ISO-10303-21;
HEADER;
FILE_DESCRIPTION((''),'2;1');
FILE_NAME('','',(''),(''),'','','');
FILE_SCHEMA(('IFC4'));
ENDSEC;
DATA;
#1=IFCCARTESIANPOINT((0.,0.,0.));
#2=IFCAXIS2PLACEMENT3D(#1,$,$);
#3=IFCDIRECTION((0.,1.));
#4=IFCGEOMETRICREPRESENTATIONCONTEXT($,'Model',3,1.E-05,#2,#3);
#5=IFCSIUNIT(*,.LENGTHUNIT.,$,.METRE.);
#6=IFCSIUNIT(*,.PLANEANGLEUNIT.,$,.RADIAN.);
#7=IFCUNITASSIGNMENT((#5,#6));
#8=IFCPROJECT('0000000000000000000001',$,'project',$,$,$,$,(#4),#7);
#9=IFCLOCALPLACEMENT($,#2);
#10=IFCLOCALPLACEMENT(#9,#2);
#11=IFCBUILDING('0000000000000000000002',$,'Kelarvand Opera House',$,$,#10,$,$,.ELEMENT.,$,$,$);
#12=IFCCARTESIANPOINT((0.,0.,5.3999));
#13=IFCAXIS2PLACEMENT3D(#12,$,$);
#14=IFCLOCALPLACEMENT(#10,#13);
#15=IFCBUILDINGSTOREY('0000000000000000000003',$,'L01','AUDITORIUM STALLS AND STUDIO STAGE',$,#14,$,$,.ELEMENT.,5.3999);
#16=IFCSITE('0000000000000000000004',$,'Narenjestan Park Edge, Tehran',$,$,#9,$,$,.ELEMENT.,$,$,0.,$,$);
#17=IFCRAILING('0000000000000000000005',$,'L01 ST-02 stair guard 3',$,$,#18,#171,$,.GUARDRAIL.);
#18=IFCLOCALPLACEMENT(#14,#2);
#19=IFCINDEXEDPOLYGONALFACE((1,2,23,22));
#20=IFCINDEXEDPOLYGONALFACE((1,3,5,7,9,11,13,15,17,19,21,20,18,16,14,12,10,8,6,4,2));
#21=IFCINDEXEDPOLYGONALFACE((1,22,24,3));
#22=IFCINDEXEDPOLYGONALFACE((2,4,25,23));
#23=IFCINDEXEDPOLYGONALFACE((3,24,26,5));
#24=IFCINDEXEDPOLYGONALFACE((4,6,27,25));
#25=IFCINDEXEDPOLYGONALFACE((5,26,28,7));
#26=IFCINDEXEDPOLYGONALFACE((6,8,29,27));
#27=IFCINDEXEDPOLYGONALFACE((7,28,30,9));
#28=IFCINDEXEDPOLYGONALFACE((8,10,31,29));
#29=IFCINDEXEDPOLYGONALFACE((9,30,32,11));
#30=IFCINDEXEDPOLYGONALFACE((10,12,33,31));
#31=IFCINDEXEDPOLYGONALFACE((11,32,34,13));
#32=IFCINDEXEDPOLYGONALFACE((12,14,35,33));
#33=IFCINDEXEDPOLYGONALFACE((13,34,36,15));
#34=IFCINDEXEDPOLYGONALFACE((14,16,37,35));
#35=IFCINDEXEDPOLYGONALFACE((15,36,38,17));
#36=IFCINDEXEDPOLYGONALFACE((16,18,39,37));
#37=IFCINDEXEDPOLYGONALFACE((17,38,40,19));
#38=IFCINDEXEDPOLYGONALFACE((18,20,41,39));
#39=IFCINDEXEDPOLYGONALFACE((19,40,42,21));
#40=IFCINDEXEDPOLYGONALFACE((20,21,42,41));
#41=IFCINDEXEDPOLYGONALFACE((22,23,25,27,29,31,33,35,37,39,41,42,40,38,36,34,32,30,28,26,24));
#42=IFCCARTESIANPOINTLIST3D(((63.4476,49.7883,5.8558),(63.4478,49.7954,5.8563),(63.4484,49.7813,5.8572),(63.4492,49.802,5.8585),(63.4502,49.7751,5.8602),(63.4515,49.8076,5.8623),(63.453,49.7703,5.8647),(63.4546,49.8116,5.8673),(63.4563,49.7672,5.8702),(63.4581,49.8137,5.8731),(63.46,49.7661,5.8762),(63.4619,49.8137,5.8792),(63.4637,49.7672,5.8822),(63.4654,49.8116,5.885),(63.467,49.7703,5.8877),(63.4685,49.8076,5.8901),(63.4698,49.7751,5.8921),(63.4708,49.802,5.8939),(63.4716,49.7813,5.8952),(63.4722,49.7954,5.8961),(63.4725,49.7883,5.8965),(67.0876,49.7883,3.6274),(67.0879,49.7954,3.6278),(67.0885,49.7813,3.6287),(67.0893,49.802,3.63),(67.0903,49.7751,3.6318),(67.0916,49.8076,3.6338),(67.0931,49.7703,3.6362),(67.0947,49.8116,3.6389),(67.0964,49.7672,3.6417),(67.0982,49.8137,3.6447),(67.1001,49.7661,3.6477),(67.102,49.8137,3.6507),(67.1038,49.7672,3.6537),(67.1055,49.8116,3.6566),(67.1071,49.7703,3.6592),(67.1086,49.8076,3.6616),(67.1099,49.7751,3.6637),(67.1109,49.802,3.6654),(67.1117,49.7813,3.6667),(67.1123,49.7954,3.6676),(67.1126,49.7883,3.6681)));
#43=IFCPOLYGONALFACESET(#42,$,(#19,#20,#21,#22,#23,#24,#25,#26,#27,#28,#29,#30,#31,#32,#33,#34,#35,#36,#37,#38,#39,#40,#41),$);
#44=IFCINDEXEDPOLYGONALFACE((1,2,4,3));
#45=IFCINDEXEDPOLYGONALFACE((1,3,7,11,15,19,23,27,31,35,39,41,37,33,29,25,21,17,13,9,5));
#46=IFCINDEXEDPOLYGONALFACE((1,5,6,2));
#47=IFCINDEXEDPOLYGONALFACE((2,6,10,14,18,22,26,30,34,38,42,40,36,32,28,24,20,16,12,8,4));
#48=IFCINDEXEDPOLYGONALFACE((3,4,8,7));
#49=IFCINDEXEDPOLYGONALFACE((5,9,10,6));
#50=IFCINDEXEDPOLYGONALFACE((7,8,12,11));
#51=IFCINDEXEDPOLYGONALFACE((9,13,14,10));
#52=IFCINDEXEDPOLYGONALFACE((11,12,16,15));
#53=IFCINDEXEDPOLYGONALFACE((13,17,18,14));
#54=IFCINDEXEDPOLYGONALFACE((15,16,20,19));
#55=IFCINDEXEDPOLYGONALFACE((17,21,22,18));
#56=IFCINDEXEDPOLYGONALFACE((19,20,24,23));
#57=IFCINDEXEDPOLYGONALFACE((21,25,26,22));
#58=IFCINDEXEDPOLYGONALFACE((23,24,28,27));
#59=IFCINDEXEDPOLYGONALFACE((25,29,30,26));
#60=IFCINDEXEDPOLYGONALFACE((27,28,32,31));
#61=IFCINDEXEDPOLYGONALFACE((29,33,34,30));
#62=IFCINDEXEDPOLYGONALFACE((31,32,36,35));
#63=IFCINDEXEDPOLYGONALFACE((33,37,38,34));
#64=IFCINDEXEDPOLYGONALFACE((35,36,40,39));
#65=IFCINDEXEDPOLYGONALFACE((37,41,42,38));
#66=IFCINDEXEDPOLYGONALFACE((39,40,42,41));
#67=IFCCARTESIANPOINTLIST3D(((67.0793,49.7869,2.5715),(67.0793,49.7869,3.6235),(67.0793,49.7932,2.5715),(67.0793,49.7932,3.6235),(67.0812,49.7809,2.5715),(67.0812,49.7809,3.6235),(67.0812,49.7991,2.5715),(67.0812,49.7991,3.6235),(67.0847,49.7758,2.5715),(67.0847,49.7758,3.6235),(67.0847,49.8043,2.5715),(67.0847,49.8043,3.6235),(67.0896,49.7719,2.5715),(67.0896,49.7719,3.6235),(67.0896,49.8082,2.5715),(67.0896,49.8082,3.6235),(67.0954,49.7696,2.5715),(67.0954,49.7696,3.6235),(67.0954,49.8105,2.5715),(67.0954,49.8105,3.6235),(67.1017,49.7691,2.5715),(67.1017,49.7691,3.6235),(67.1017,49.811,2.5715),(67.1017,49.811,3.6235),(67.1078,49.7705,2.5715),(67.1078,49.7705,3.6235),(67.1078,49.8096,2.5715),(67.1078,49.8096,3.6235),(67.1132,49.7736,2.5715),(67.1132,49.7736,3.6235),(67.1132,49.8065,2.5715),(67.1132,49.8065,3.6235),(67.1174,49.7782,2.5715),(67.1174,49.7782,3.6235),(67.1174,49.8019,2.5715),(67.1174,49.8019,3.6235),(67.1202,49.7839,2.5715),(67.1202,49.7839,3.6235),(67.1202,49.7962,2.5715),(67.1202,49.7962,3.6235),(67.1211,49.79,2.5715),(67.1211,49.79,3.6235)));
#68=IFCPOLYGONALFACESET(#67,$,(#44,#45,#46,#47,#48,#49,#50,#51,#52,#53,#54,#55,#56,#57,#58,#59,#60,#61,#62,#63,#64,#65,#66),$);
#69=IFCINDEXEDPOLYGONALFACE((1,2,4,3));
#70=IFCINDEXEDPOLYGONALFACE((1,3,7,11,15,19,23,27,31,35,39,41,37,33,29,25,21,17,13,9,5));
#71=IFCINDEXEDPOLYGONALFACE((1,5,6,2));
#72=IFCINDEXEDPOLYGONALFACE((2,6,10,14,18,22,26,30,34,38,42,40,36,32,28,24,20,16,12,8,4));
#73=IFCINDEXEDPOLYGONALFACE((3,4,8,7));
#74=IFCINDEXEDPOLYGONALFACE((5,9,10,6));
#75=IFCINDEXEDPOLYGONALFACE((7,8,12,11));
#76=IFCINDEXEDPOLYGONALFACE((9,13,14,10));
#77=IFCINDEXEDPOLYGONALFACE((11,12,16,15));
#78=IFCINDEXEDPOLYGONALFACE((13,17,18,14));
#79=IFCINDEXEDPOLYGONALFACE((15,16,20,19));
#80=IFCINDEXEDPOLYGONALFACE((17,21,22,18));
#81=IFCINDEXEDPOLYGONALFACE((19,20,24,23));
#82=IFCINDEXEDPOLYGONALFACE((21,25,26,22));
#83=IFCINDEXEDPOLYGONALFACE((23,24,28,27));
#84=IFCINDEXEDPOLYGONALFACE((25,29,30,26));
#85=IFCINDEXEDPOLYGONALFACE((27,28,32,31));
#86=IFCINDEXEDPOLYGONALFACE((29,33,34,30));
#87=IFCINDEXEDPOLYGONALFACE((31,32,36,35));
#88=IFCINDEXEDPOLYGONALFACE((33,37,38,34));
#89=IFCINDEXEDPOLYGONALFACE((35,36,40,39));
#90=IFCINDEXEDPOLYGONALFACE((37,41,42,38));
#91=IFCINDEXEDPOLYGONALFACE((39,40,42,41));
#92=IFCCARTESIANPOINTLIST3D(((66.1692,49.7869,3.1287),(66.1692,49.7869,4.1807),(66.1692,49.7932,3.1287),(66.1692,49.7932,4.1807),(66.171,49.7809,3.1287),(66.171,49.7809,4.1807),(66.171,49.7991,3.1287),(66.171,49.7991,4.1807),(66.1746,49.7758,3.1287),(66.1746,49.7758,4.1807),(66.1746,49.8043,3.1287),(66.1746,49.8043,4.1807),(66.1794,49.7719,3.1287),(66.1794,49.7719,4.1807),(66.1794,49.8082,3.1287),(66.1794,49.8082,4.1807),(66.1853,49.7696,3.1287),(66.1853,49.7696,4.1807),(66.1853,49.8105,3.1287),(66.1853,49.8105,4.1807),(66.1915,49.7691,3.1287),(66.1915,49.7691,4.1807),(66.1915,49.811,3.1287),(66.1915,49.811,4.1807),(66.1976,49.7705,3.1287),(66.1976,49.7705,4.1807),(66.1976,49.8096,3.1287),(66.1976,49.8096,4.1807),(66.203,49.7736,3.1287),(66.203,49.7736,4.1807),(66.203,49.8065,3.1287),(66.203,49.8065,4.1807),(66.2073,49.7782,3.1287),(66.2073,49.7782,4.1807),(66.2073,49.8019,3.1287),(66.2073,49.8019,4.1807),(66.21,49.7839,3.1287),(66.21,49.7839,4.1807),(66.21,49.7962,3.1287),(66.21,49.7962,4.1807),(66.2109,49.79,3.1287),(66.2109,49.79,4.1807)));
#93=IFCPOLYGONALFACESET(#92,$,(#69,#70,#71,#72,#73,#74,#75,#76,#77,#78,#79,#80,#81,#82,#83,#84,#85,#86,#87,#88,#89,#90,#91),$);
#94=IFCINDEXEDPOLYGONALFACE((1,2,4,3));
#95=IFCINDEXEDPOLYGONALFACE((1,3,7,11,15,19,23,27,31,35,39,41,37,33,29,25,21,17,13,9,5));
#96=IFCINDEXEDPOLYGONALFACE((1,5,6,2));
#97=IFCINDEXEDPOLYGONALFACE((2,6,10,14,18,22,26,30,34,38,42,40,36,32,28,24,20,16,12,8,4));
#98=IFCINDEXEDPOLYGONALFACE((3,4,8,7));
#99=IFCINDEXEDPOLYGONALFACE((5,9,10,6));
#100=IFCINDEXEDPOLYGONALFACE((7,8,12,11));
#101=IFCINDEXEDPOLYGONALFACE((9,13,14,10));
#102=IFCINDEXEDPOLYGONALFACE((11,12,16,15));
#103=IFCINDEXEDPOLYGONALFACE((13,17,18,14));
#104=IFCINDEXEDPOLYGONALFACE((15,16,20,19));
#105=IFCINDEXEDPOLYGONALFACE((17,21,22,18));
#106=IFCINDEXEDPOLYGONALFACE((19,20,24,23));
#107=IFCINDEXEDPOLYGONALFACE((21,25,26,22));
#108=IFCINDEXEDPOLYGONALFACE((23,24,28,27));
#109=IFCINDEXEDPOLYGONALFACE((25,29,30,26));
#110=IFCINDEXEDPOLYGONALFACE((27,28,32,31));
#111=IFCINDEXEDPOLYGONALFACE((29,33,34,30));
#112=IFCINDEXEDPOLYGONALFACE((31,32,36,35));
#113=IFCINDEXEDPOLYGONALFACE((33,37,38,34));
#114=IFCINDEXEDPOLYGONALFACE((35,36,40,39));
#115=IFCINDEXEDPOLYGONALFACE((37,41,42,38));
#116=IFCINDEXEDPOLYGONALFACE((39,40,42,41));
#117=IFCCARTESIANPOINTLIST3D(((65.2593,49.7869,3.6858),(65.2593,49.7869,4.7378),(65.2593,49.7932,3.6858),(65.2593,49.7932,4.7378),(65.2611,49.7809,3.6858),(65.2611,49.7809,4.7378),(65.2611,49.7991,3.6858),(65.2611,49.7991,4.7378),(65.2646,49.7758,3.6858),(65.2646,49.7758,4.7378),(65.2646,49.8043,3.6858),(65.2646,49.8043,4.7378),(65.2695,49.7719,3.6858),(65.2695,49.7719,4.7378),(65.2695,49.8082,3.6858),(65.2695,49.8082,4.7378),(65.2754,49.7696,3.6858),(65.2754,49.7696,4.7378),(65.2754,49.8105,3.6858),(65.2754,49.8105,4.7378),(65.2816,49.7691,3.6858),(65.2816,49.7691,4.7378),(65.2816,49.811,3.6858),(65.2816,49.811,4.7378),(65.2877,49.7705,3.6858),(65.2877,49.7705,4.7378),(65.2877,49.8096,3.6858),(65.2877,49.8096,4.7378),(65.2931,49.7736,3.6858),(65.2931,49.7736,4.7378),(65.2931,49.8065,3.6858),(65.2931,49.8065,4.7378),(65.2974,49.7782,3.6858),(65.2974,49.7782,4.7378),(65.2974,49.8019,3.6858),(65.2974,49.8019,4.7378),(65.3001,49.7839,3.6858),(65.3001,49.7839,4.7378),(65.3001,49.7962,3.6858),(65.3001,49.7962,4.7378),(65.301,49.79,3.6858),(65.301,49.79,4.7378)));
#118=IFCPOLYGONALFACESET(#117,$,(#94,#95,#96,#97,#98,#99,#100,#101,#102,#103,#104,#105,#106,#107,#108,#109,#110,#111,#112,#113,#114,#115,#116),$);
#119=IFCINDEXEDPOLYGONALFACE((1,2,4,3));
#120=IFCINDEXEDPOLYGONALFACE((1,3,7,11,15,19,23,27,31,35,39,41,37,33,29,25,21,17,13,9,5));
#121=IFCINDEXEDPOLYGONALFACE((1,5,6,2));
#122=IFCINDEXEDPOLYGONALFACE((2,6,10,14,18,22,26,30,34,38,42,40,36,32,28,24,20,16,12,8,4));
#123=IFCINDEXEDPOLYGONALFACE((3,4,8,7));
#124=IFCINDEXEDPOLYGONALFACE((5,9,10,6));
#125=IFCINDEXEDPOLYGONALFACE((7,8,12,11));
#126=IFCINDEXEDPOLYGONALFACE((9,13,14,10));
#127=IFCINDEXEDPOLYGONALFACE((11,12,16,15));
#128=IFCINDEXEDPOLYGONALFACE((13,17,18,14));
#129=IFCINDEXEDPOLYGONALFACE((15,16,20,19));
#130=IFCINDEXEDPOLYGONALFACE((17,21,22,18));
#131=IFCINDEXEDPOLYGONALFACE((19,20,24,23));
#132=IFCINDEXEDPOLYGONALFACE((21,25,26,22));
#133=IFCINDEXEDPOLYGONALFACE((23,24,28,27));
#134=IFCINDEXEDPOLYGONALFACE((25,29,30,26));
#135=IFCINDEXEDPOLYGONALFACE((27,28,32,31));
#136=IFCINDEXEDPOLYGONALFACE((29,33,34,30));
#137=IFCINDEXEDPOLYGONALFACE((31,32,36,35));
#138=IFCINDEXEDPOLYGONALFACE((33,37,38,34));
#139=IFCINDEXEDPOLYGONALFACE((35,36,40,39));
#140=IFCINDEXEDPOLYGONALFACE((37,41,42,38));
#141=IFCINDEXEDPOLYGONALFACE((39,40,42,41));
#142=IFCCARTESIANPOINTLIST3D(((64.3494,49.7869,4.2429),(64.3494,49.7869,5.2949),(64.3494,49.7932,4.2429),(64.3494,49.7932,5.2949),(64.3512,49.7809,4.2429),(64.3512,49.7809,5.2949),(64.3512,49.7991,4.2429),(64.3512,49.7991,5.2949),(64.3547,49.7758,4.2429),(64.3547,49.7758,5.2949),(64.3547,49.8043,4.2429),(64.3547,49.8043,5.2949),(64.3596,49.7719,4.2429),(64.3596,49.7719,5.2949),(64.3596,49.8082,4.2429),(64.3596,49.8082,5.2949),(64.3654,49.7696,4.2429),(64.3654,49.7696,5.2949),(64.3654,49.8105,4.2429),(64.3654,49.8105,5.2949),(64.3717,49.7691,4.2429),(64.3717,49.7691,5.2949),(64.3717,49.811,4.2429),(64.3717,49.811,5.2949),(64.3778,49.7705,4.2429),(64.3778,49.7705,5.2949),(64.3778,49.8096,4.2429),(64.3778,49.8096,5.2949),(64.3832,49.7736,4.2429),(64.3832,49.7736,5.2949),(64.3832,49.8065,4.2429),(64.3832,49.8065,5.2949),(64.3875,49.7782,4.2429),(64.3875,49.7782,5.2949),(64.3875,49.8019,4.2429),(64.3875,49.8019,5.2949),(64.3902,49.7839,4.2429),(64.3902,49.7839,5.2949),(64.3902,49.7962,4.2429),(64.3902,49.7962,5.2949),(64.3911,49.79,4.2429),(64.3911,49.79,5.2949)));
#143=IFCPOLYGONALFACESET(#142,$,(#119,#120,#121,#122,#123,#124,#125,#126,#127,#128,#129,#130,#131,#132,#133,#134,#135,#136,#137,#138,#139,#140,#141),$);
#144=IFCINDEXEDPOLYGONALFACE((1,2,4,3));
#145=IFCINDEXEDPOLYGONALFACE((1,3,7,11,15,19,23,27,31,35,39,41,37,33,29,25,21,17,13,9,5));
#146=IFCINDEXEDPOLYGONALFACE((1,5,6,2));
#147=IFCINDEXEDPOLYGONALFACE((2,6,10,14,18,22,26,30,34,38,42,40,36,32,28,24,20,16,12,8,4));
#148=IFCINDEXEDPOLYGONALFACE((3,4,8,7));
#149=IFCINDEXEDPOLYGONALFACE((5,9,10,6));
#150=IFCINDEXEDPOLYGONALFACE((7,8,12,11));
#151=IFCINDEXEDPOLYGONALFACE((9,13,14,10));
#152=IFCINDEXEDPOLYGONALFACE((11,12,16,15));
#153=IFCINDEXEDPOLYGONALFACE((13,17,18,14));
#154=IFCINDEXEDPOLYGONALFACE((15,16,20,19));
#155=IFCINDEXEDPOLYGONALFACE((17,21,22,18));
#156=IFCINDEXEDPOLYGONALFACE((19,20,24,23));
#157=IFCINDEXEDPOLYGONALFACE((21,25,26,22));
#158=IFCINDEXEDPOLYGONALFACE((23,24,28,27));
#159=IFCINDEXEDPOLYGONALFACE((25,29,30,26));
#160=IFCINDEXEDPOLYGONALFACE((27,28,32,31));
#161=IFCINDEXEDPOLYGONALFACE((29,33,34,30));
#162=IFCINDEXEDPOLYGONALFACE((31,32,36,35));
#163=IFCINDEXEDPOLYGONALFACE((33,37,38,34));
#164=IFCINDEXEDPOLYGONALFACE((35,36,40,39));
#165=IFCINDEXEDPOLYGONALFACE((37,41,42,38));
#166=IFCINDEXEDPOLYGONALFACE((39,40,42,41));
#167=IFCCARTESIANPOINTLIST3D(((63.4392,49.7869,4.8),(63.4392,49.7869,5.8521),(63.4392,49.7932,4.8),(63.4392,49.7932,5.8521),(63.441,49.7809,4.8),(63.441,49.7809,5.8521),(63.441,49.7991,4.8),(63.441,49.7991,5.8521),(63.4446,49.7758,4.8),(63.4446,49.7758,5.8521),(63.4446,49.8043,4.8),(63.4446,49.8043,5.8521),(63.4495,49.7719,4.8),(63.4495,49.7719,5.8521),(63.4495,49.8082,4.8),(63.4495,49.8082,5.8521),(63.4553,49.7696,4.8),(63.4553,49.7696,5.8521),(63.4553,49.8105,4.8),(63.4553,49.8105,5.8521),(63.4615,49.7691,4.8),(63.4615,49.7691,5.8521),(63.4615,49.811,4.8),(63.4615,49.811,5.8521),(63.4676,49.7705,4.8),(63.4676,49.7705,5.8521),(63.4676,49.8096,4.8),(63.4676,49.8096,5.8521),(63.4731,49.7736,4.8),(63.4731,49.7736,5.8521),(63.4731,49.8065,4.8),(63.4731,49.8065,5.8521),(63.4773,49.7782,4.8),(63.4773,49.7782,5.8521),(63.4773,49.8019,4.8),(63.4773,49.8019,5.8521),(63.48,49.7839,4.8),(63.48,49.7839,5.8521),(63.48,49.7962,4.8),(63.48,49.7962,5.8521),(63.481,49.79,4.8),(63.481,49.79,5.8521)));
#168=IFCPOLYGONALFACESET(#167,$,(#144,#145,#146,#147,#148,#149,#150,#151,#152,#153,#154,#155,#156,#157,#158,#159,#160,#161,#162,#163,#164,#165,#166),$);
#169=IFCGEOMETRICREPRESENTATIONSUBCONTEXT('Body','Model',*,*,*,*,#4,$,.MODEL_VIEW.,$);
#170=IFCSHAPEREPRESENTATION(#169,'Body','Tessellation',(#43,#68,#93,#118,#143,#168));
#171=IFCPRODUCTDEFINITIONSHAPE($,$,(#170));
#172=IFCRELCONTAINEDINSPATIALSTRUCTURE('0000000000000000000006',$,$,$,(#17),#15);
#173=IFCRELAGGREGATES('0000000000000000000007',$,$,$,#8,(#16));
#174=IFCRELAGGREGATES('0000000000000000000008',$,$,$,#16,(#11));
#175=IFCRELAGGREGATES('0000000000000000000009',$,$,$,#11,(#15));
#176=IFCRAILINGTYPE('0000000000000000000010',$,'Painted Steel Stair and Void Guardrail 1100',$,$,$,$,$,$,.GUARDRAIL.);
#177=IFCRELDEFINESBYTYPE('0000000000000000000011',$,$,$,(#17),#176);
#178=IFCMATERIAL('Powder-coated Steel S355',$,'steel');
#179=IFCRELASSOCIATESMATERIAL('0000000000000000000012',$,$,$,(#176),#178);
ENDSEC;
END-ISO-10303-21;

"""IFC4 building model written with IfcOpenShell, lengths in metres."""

from ifc_helpers import new_model, si_unit, direction, frame, origin, origin_2d, place, context, subcontext, project, spatial, circle, extrude, material, type_object, element, save


model = new_model("IFC4")

# Units and contexts
model_context = context("Model", 3, precision=1e-05, world=origin(), true_north=direction((0.0, 1.0)))
body_context = subcontext(model_context, "Body", "Model", "MODEL_VIEW")
ifc_project = project(units=[si_unit("LENGTHUNIT", "METRE"), si_unit("PLANEANGLEUNIT", "RADIAN")], contexts=[model_context])

# Site, building, storey
site_placement = place(None, origin())
site = spatial("IfcSite", under=ifc_project, at=site_placement, Name="Narenjestan Park Edge, Tehran", CompositionType="ELEMENT", RefElevation=0.0)
building_placement = place(site_placement, origin())
building = spatial("IfcBuilding", under=site, at=building_placement, Name="Kelarvand Opera House", CompositionType="ELEMENT")
storey_placement = place(building_placement, frame((0.0, 0.0, 5.3999)))
storey = spatial("IfcBuildingStorey", under=building, at=storey_placement, Name="L01", Description="AUDITORIUM STALLS AND STUDIO STAGE", CompositionType="ELEMENT", Elevation=5.3999)

# Railing
ifc_material_1 = material(Name="Powder-coated Steel S355", Category="steel")
railing_type_1 = type_object("IfcRailingType", Name="Painted Steel Stair and Void Guardrail 1100", PredefinedType="GUARDRAIL", material=ifc_material_1)
railing_1_placement = place(storey_placement, frame((67.1001, 49.79, 2.5715)))
element("IfcRailing", 1, at=railing_1_placement, inside=storey, type_object=railing_type_1, Name="L01 ST-02 stair guard 3", PredefinedType="GUARDRAIL", context=body_context, shape_type="SweptSolid", body=[
    extrude(circle(Radius=0.0239, at=origin_2d()), frame((0.0, 0.0, 1.0762), z_axis=(-0.852866, 0.0, 0.52213), x_axis=(0.0, -1.0, 0.0)), (0.0, 0.0, 1.0), 4.2681),
    extrude(circle(Radius=0.021, at=origin_2d()), origin(), (0.0, 0.0, 1.0), 1.052),
    extrude(circle(Radius=0.021, at=origin_2d()), frame((-0.9102, 0.0, 0.5571)), (0.0, 0.0, 1.0), 1.052),
    extrude(circle(Radius=0.021, at=origin_2d()), frame((-1.8201, 0.0, 1.1143)), (0.0, 0.0, 1.0), 1.052),
    extrude(circle(Radius=0.021, at=origin_2d()), frame((-2.73, 0.0, 1.6714)), (0.0, 0.0, 1.0), 1.052),
    extrude(circle(Radius=0.021, at=origin_2d()), frame((-3.6401, 0.0, 2.2285)), (0.0, 0.0, 1.0), 1.052),
])

save(model, "model.ifc")
